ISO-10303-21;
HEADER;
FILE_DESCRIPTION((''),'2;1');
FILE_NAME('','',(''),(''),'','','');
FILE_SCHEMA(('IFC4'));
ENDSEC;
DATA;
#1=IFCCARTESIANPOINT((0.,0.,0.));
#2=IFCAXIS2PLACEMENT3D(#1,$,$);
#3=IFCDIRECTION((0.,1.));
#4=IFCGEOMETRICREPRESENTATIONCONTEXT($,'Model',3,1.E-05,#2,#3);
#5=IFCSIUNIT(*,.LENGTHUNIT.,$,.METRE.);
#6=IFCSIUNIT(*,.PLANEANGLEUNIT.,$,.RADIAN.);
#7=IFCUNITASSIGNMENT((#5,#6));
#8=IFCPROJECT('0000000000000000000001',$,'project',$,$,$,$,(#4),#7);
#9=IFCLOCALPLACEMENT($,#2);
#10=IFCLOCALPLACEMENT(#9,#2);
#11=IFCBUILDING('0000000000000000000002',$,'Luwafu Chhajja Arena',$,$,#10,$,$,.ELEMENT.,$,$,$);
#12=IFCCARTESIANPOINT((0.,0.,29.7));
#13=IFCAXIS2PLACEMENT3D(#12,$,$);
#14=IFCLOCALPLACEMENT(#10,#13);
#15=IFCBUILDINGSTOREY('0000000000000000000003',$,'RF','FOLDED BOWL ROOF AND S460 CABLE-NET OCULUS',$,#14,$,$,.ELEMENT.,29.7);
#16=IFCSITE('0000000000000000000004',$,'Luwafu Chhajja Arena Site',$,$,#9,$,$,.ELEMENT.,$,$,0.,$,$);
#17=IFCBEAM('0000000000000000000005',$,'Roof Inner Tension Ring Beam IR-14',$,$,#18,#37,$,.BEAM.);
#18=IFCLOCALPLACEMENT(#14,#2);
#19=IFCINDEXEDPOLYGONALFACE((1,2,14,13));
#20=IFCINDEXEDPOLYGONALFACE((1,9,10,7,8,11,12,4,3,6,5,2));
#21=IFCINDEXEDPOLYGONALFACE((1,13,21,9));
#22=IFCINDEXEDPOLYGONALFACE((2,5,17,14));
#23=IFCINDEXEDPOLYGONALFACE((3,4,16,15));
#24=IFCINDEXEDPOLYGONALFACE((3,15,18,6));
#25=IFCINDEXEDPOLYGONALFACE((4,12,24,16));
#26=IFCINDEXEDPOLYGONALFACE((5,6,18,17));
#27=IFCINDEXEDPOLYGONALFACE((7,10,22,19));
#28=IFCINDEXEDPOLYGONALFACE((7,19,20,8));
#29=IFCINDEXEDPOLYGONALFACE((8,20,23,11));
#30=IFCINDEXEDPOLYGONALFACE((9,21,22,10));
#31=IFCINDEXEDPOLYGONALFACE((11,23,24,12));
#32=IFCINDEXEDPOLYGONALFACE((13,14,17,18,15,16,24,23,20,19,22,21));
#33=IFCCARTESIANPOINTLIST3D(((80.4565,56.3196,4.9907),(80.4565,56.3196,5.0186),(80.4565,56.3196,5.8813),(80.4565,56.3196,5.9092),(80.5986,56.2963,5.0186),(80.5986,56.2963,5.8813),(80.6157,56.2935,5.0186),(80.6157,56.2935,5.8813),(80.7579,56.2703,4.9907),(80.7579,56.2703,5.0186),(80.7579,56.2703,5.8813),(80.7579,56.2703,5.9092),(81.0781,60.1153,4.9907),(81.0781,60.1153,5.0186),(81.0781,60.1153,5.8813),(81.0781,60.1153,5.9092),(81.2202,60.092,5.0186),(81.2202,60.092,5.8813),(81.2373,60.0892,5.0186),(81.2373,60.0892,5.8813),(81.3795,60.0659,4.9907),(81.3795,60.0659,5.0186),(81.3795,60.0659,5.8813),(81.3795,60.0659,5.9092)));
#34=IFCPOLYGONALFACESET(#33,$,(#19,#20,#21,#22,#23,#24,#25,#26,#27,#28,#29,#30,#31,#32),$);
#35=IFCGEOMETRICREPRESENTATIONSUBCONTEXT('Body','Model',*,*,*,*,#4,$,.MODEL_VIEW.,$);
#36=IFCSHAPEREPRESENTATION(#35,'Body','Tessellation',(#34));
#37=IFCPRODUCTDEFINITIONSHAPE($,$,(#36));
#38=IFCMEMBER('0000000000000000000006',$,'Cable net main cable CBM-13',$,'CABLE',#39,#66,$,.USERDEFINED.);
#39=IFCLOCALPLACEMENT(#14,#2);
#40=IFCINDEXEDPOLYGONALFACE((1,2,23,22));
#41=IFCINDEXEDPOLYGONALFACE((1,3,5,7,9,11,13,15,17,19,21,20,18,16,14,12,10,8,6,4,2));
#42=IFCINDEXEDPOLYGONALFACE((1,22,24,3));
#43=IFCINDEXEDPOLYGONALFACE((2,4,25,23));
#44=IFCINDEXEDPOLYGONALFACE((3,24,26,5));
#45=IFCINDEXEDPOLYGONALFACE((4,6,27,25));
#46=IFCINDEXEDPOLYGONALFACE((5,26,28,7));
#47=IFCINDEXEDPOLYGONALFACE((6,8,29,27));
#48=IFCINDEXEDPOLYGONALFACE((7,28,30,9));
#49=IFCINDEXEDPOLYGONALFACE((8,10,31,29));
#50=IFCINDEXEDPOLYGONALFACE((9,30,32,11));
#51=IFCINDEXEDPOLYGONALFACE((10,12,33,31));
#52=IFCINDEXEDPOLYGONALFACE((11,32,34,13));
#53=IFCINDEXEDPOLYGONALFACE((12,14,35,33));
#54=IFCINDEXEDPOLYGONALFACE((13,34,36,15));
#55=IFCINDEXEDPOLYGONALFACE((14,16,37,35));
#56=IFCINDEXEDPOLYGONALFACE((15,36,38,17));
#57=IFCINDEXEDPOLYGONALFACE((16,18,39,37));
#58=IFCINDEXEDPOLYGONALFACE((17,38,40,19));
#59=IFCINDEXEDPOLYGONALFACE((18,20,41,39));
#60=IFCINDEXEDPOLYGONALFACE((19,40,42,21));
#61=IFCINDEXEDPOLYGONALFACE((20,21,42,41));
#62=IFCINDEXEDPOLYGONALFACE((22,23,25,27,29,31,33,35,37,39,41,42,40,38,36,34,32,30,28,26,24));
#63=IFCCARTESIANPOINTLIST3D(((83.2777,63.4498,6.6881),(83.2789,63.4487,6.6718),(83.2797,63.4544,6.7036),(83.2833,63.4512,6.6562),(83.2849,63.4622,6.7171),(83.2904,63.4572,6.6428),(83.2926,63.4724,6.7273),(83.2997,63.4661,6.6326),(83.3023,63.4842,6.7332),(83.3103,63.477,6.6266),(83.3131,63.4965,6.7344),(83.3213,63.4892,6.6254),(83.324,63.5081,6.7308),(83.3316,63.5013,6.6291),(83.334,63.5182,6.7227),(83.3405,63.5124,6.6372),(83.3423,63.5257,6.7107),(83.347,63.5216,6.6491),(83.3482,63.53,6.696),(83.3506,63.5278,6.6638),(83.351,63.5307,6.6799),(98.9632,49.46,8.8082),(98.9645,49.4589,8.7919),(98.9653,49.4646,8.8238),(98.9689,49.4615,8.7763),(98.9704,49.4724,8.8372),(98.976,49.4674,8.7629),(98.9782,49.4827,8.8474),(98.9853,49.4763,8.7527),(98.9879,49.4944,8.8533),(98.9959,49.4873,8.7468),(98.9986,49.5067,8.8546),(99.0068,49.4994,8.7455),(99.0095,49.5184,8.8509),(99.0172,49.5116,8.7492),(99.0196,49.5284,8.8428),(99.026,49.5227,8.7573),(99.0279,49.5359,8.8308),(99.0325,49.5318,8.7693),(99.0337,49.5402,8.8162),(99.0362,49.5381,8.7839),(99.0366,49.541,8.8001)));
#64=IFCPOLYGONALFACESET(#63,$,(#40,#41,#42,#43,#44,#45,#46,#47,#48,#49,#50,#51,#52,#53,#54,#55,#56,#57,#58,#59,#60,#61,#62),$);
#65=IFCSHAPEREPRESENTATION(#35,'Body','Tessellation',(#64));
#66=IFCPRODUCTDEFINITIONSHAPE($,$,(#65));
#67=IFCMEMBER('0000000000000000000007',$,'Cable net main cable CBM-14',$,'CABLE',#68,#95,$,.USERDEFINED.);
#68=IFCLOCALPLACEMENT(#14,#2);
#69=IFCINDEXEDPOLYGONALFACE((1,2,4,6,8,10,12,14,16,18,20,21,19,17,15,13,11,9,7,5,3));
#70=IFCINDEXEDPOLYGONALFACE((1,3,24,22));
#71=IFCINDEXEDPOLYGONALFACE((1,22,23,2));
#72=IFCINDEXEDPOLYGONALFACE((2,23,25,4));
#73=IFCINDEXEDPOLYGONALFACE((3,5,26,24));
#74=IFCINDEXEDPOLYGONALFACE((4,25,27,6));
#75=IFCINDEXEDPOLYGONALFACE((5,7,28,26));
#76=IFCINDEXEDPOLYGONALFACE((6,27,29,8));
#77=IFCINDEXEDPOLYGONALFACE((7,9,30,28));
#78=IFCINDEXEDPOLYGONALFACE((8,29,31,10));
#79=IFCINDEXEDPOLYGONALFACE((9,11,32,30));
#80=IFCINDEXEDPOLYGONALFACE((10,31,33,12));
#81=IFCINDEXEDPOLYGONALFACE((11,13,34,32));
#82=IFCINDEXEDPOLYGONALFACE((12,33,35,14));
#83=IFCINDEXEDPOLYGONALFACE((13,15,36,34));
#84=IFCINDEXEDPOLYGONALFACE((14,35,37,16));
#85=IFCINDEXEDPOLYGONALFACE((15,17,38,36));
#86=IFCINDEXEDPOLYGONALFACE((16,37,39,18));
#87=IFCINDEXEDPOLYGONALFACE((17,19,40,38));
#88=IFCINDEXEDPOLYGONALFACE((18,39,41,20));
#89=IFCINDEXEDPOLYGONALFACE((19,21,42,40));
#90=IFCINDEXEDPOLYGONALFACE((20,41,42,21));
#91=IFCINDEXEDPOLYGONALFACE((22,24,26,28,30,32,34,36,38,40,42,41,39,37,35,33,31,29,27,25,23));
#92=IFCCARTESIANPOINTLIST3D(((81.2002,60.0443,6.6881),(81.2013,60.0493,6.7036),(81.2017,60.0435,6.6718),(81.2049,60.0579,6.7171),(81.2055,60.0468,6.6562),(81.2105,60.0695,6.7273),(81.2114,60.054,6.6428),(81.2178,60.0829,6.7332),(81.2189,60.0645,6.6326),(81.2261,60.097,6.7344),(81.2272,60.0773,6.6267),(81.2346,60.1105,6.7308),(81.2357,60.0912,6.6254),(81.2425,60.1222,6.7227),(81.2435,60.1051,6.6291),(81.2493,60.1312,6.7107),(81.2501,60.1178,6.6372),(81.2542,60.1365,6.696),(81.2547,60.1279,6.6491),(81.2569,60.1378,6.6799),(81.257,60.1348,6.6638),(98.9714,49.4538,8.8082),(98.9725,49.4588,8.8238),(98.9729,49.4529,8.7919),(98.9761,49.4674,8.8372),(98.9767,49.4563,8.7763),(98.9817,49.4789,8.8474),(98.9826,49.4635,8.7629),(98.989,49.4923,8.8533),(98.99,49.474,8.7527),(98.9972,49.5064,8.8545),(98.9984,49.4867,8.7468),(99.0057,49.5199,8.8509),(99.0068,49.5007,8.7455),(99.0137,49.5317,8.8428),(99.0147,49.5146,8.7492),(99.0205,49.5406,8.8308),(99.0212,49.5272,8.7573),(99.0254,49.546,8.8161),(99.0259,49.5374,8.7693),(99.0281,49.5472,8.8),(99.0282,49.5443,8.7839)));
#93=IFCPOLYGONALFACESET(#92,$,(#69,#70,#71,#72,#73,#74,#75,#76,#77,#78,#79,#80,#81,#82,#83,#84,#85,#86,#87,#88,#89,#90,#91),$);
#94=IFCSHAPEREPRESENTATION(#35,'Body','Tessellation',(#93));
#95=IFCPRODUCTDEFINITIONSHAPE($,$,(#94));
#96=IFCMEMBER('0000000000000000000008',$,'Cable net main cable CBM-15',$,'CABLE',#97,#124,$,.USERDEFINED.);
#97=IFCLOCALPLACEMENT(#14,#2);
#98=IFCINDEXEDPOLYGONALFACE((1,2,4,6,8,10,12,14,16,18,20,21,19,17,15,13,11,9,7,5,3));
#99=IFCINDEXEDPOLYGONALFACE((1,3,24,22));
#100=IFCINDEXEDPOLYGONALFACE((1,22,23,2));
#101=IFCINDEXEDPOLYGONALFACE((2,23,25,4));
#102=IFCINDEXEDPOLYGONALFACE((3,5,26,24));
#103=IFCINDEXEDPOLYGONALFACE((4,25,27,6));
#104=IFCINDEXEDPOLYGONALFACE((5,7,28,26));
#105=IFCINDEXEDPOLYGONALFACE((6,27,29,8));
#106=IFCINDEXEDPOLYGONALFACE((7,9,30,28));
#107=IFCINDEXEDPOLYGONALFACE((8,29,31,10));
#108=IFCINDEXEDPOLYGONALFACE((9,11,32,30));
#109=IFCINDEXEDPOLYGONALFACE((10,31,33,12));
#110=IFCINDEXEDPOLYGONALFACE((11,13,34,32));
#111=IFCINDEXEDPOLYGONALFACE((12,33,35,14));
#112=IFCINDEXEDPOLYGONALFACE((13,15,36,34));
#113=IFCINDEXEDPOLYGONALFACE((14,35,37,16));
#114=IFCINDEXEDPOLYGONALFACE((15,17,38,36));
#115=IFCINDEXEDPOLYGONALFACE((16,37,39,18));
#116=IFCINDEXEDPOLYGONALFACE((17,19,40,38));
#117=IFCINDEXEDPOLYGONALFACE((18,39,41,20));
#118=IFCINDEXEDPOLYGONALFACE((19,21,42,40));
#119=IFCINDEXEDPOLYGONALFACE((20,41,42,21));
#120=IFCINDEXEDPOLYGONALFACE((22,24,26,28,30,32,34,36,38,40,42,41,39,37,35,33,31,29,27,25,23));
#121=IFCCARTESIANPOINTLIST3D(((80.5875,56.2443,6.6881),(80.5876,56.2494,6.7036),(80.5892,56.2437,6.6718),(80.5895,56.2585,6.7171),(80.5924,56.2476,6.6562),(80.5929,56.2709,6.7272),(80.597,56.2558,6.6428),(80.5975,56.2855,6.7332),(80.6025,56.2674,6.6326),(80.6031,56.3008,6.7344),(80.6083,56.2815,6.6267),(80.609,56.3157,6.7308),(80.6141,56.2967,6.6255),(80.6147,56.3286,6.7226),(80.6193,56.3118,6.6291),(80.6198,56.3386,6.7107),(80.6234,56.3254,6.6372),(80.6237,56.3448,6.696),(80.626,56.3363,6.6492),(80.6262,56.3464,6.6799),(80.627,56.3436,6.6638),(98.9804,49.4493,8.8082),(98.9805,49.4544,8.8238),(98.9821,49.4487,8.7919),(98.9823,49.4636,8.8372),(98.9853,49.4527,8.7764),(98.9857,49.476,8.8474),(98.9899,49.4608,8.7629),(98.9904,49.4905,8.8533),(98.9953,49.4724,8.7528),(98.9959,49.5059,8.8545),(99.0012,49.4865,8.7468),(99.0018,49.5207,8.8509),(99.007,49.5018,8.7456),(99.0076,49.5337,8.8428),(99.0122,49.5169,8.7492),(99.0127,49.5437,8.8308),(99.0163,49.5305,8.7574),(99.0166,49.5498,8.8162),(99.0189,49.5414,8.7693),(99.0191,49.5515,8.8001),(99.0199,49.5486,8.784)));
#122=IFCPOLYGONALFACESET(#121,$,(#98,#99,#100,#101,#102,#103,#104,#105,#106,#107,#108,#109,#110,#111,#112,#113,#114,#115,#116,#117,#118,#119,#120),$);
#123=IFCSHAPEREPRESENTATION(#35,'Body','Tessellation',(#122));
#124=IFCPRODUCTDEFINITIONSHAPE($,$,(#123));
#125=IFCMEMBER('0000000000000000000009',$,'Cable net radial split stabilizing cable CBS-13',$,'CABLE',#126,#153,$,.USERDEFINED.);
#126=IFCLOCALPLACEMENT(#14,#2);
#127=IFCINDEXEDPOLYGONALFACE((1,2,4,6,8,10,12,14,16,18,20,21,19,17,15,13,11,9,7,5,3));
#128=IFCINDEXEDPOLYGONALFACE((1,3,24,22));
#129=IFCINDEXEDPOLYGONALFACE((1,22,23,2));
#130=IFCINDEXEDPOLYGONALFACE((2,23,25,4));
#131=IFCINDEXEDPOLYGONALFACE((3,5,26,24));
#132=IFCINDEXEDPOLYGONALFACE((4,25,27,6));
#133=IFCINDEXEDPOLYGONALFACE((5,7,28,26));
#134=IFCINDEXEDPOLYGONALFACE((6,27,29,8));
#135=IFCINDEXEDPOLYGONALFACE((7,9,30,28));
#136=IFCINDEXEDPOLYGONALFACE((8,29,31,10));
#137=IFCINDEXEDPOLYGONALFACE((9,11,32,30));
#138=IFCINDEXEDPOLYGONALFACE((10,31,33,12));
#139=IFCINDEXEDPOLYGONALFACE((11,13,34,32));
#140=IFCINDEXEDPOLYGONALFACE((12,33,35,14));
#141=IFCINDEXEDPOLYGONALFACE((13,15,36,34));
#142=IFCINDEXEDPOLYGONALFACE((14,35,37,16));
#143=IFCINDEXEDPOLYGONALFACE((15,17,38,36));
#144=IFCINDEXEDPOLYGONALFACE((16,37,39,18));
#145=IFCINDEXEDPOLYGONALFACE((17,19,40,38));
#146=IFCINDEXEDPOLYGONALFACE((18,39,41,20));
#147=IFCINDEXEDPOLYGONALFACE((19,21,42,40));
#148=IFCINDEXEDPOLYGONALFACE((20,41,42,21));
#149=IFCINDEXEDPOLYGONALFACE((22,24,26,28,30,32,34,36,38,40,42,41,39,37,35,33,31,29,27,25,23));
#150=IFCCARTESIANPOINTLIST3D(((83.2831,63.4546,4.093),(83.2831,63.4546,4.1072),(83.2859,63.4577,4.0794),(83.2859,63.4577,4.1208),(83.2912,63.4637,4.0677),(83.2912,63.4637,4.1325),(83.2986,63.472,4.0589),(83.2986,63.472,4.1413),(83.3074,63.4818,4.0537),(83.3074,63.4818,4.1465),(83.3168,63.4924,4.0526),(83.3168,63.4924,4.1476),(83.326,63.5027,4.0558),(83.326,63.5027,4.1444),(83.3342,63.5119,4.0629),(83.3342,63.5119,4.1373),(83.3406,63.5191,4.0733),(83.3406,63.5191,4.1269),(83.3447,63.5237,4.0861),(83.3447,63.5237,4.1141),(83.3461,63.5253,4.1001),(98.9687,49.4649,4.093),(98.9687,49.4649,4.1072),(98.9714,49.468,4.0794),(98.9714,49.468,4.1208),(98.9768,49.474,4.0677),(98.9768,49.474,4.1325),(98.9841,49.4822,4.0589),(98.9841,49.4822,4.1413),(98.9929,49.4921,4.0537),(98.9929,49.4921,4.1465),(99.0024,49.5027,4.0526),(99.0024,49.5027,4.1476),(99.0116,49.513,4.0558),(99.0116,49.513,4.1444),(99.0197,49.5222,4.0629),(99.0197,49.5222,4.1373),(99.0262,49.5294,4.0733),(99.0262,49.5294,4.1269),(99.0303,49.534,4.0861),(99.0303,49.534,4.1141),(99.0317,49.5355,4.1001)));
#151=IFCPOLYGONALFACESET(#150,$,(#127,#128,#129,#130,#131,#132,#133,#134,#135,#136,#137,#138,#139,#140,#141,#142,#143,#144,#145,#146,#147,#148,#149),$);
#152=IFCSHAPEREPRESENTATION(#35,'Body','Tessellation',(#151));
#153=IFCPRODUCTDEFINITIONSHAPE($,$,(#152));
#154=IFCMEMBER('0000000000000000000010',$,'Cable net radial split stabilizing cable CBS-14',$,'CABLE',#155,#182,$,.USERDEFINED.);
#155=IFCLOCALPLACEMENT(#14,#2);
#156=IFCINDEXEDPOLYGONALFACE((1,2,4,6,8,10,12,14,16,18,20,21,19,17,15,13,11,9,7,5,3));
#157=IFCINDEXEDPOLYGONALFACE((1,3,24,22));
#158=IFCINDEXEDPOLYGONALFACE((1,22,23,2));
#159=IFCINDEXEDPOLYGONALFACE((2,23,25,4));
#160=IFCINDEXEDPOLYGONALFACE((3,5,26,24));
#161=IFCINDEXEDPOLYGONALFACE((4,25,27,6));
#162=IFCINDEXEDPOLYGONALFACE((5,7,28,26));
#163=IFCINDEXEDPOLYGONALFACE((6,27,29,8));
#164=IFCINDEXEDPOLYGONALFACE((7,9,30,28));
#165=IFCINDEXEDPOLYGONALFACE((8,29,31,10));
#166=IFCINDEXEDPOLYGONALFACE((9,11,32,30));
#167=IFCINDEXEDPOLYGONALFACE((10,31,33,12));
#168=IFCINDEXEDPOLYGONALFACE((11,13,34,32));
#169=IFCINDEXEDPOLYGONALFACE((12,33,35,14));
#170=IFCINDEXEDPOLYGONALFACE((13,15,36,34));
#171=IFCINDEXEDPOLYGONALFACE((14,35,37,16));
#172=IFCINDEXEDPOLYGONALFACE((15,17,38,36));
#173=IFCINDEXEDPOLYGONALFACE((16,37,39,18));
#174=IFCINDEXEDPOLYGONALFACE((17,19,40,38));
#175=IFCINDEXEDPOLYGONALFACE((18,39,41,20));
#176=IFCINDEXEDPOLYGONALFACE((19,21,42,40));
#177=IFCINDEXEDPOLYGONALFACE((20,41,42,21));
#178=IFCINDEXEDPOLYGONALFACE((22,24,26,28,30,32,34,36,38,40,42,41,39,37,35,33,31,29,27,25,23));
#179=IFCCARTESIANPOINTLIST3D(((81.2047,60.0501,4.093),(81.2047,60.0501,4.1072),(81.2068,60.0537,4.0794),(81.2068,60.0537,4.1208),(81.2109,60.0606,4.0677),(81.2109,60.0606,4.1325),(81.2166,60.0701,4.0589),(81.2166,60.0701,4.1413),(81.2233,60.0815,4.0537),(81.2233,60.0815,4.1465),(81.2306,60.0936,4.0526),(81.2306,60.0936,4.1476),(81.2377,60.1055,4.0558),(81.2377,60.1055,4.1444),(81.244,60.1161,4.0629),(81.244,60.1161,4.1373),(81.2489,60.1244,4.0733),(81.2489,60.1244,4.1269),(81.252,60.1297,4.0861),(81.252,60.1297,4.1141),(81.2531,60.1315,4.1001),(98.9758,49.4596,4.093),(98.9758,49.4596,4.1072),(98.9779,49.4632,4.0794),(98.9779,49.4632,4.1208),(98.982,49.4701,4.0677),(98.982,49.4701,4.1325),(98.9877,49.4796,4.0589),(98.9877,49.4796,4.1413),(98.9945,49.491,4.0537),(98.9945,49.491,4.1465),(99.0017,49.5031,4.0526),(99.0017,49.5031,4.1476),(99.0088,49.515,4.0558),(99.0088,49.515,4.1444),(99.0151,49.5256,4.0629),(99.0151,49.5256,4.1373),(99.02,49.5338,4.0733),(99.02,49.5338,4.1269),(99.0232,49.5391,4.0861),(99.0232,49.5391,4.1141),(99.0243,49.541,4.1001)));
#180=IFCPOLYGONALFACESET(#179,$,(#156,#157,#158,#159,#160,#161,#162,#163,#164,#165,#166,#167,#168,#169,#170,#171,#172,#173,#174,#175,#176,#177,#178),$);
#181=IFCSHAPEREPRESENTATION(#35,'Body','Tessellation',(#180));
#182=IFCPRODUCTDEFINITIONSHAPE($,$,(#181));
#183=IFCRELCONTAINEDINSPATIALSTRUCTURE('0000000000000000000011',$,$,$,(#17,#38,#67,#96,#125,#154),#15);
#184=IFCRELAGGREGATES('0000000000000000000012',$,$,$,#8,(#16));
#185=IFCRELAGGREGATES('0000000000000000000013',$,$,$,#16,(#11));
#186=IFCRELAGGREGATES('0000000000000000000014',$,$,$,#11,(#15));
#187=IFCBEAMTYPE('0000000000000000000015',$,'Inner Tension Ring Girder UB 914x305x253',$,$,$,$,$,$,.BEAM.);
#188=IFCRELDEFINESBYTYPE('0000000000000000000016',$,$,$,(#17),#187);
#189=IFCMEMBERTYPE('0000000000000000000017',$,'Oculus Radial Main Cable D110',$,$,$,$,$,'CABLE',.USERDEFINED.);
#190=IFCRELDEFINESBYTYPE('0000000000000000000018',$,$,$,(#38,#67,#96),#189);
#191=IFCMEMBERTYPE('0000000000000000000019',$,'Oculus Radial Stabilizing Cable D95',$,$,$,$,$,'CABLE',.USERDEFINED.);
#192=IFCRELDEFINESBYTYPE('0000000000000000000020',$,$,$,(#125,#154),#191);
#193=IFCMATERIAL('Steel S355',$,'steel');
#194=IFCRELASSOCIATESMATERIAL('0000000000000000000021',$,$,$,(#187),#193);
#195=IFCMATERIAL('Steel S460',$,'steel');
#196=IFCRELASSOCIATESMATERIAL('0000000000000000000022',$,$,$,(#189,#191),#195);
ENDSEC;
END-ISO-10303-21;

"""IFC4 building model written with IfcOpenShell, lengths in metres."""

from ifc_helpers import new_model, si_unit, direction, frame, origin, origin_2d, place, context, subcontext, project, spatial, circle, i_section, extrude, material, material_profile, profile_set, type_object, element, save


model = new_model("IFC4")

# Units and contexts
model_context = context("Model", 3, precision=1e-05, world=origin(), true_north=direction((0.0, 1.0)))
body_context = subcontext(model_context, "Body", "Model", "MODEL_VIEW")
ifc_project = project(units=[si_unit("LENGTHUNIT", "METRE"), si_unit("PLANEANGLEUNIT", "RADIAN")], contexts=[model_context])

# Site, building, storey
site_placement = place(None, origin())
site = spatial("IfcSite", under=ifc_project, at=site_placement, Name="Luwafu Chhajja Arena Site", CompositionType="ELEMENT", RefElevation=0.0)
building_placement = place(site_placement, origin())
building = spatial("IfcBuilding", under=site, at=building_placement, Name="Luwafu Chhajja Arena", CompositionType="ELEMENT")
storey_placement = place(building_placement, frame((0.0, 0.0, 29.7)))
storey = spatial("IfcBuildingStorey", under=building, at=storey_placement, Name="RF", Description="FOLDED BOWL ROOF AND S460 CABLE-NET OCULUS", CompositionType="ELEMENT", Elevation=29.7)

# Shared definitions
ifc_material_1 = material(Name="Steel S355", Category="steel")

# Beam
ifc_material_profile_1 = material_profile(ifc_material_1, i_section(OverallWidth=0.3054, OverallDepth=0.9185, WebThickness=0.0173, FlangeThickness=0.0278, at=origin_2d()), Name="UB 914x305x253")
ifc_profile_set_1 = profile_set([ifc_material_profile_1], Name="Steel S355")
beam_type = type_object("IfcBeamType", Name="Inner Tension Ring Girder UB 914x305x253", PredefinedType="BEAM", material=ifc_profile_set_1)
beam_1_placement = place(storey_placement, frame((81.2288, 60.0906, 5.45), z_axis=(-0.161609, -0.986855, 0.0), x_axis=(0.986855, -0.161609, 0.0)))
element("IfcBeam", 1, at=beam_1_placement, inside=storey, type_object=beam_type, Name="Roof Inner Tension Ring Beam IR-14", PredefinedType="BEAM", context=body_context, shape_type="SweptSolid", body=[
    extrude(i_section(OverallWidth=0.3054, OverallDepth=0.9185, WebThickness=0.0173, FlangeThickness=0.0278, at=origin_2d()), origin(), (0.0, 0.0, 1.0), 3.8462),
])

# Members
ifc_material_2 = material(Name="Steel S460", Category="steel")
ifc_material_profile_2 = material_profile(ifc_material_2, circle(Radius=0.0549, at=origin_2d()), Name="CABLE D110")
ifc_profile_set_2 = profile_set([ifc_material_profile_2], Name="Steel S460")
member_type_1 = type_object("IfcMemberType", Name="Oculus Radial Main Cable D110", ElementType="CABLE", PredefinedType="USERDEFINED", material=ifc_profile_set_2)
member_1_placement = place(storey_placement, frame((83.3145, 63.4897, 6.6799), z_axis=(0.742529, -0.662252, 0.100363), x_axis=(0.665613, 0.746297, 0.0)))
element("IfcMember", 2, at=member_1_placement, inside=storey, type_object=member_type_1, Name="Cable net main cable CBM-13", ObjectType="CABLE", PredefinedType="USERDEFINED", context=body_context, shape_type="SweptSolid", body=[
    extrude(circle(Radius=0.0549, at=origin_2d()), origin(), (0.0, 0.0, 1.0), 21.1245),
])
member_2_placement = place(storey_placement, frame((81.2288, 60.0906, 6.6799), z_axis=(0.854552, -0.509261, 0.101948), x_axis=(0.511928, 0.859028, 0.0)))
element("IfcMember", 3, at=member_2_placement, inside=storey, type_object=member_type_1, Name="Cable net main cable CBM-14", ObjectType="CABLE", PredefinedType="USERDEFINED", context=body_context, shape_type="SweptSolid", body=[
    extrude(circle(Radius=0.0549, at=origin_2d()), origin(), (0.0, 0.0, 1.0), 20.7959),
])
member_3_placement = place(storey_placement, frame((80.6072, 56.2949, 6.6799), z_axis=(0.932599, -0.344533, 0.107499), x_axis=(0.346541, 0.938035, 0.0)))
element("IfcMember", 4, at=member_3_placement, inside=storey, type_object=member_type_1, Name="Cable net main cable CBM-15", ObjectType="CABLE", PredefinedType="USERDEFINED", context=body_context, shape_type="SweptSolid", body=[
    extrude(circle(Radius=0.0549, at=origin_2d()), origin(), (0.0, 0.0, 1.0), 19.7222),
])
ifc_material_profile_3 = material_profile(ifc_material_2, circle(Radius=0.0476, at=origin_2d()), Name="CABLE D95")
ifc_profile_set_3 = profile_set([ifc_material_profile_3], Name="Steel S460")
member_type_2 = type_object("IfcMemberType", Name="Oculus Radial Stabilizing Cable D95", ElementType="CABLE", PredefinedType="USERDEFINED", material=ifc_profile_set_3)
member_4_placement = place(storey_placement, frame((83.3145, 63.4897, 4.1001), z_axis=(0.746297, -0.665613, 0.0), x_axis=(0.665613, 0.746297, 0.0)))
element("IfcMember", 5, at=member_4_placement, inside=storey, type_object=member_type_2, Name="Cable net radial split stabilizing cable CBS-13", ObjectType="CABLE", PredefinedType="USERDEFINED", context=body_context, shape_type="SweptSolid", body=[
    extrude(circle(Radius=0.0476, at=origin_2d()), origin(), (0.0, 0.0, 1.0), 21.0178),
])
member_5_placement = place(storey_placement, frame((81.2288, 60.0906, 4.1001), z_axis=(0.859028, -0.511928, 0.0), x_axis=(0.511928, 0.859028, 0.0)))
element("IfcMember", 6, at=member_5_placement, inside=storey, type_object=member_type_2, Name="Cable net radial split stabilizing cable CBS-14", ObjectType="CABLE", PredefinedType="USERDEFINED", context=body_context, shape_type="SweptSolid", body=[
    extrude(circle(Radius=0.0476, at=origin_2d()), origin(), (0.0, 0.0, 1.0), 20.6875),
])

save(model, "model.ifc")
